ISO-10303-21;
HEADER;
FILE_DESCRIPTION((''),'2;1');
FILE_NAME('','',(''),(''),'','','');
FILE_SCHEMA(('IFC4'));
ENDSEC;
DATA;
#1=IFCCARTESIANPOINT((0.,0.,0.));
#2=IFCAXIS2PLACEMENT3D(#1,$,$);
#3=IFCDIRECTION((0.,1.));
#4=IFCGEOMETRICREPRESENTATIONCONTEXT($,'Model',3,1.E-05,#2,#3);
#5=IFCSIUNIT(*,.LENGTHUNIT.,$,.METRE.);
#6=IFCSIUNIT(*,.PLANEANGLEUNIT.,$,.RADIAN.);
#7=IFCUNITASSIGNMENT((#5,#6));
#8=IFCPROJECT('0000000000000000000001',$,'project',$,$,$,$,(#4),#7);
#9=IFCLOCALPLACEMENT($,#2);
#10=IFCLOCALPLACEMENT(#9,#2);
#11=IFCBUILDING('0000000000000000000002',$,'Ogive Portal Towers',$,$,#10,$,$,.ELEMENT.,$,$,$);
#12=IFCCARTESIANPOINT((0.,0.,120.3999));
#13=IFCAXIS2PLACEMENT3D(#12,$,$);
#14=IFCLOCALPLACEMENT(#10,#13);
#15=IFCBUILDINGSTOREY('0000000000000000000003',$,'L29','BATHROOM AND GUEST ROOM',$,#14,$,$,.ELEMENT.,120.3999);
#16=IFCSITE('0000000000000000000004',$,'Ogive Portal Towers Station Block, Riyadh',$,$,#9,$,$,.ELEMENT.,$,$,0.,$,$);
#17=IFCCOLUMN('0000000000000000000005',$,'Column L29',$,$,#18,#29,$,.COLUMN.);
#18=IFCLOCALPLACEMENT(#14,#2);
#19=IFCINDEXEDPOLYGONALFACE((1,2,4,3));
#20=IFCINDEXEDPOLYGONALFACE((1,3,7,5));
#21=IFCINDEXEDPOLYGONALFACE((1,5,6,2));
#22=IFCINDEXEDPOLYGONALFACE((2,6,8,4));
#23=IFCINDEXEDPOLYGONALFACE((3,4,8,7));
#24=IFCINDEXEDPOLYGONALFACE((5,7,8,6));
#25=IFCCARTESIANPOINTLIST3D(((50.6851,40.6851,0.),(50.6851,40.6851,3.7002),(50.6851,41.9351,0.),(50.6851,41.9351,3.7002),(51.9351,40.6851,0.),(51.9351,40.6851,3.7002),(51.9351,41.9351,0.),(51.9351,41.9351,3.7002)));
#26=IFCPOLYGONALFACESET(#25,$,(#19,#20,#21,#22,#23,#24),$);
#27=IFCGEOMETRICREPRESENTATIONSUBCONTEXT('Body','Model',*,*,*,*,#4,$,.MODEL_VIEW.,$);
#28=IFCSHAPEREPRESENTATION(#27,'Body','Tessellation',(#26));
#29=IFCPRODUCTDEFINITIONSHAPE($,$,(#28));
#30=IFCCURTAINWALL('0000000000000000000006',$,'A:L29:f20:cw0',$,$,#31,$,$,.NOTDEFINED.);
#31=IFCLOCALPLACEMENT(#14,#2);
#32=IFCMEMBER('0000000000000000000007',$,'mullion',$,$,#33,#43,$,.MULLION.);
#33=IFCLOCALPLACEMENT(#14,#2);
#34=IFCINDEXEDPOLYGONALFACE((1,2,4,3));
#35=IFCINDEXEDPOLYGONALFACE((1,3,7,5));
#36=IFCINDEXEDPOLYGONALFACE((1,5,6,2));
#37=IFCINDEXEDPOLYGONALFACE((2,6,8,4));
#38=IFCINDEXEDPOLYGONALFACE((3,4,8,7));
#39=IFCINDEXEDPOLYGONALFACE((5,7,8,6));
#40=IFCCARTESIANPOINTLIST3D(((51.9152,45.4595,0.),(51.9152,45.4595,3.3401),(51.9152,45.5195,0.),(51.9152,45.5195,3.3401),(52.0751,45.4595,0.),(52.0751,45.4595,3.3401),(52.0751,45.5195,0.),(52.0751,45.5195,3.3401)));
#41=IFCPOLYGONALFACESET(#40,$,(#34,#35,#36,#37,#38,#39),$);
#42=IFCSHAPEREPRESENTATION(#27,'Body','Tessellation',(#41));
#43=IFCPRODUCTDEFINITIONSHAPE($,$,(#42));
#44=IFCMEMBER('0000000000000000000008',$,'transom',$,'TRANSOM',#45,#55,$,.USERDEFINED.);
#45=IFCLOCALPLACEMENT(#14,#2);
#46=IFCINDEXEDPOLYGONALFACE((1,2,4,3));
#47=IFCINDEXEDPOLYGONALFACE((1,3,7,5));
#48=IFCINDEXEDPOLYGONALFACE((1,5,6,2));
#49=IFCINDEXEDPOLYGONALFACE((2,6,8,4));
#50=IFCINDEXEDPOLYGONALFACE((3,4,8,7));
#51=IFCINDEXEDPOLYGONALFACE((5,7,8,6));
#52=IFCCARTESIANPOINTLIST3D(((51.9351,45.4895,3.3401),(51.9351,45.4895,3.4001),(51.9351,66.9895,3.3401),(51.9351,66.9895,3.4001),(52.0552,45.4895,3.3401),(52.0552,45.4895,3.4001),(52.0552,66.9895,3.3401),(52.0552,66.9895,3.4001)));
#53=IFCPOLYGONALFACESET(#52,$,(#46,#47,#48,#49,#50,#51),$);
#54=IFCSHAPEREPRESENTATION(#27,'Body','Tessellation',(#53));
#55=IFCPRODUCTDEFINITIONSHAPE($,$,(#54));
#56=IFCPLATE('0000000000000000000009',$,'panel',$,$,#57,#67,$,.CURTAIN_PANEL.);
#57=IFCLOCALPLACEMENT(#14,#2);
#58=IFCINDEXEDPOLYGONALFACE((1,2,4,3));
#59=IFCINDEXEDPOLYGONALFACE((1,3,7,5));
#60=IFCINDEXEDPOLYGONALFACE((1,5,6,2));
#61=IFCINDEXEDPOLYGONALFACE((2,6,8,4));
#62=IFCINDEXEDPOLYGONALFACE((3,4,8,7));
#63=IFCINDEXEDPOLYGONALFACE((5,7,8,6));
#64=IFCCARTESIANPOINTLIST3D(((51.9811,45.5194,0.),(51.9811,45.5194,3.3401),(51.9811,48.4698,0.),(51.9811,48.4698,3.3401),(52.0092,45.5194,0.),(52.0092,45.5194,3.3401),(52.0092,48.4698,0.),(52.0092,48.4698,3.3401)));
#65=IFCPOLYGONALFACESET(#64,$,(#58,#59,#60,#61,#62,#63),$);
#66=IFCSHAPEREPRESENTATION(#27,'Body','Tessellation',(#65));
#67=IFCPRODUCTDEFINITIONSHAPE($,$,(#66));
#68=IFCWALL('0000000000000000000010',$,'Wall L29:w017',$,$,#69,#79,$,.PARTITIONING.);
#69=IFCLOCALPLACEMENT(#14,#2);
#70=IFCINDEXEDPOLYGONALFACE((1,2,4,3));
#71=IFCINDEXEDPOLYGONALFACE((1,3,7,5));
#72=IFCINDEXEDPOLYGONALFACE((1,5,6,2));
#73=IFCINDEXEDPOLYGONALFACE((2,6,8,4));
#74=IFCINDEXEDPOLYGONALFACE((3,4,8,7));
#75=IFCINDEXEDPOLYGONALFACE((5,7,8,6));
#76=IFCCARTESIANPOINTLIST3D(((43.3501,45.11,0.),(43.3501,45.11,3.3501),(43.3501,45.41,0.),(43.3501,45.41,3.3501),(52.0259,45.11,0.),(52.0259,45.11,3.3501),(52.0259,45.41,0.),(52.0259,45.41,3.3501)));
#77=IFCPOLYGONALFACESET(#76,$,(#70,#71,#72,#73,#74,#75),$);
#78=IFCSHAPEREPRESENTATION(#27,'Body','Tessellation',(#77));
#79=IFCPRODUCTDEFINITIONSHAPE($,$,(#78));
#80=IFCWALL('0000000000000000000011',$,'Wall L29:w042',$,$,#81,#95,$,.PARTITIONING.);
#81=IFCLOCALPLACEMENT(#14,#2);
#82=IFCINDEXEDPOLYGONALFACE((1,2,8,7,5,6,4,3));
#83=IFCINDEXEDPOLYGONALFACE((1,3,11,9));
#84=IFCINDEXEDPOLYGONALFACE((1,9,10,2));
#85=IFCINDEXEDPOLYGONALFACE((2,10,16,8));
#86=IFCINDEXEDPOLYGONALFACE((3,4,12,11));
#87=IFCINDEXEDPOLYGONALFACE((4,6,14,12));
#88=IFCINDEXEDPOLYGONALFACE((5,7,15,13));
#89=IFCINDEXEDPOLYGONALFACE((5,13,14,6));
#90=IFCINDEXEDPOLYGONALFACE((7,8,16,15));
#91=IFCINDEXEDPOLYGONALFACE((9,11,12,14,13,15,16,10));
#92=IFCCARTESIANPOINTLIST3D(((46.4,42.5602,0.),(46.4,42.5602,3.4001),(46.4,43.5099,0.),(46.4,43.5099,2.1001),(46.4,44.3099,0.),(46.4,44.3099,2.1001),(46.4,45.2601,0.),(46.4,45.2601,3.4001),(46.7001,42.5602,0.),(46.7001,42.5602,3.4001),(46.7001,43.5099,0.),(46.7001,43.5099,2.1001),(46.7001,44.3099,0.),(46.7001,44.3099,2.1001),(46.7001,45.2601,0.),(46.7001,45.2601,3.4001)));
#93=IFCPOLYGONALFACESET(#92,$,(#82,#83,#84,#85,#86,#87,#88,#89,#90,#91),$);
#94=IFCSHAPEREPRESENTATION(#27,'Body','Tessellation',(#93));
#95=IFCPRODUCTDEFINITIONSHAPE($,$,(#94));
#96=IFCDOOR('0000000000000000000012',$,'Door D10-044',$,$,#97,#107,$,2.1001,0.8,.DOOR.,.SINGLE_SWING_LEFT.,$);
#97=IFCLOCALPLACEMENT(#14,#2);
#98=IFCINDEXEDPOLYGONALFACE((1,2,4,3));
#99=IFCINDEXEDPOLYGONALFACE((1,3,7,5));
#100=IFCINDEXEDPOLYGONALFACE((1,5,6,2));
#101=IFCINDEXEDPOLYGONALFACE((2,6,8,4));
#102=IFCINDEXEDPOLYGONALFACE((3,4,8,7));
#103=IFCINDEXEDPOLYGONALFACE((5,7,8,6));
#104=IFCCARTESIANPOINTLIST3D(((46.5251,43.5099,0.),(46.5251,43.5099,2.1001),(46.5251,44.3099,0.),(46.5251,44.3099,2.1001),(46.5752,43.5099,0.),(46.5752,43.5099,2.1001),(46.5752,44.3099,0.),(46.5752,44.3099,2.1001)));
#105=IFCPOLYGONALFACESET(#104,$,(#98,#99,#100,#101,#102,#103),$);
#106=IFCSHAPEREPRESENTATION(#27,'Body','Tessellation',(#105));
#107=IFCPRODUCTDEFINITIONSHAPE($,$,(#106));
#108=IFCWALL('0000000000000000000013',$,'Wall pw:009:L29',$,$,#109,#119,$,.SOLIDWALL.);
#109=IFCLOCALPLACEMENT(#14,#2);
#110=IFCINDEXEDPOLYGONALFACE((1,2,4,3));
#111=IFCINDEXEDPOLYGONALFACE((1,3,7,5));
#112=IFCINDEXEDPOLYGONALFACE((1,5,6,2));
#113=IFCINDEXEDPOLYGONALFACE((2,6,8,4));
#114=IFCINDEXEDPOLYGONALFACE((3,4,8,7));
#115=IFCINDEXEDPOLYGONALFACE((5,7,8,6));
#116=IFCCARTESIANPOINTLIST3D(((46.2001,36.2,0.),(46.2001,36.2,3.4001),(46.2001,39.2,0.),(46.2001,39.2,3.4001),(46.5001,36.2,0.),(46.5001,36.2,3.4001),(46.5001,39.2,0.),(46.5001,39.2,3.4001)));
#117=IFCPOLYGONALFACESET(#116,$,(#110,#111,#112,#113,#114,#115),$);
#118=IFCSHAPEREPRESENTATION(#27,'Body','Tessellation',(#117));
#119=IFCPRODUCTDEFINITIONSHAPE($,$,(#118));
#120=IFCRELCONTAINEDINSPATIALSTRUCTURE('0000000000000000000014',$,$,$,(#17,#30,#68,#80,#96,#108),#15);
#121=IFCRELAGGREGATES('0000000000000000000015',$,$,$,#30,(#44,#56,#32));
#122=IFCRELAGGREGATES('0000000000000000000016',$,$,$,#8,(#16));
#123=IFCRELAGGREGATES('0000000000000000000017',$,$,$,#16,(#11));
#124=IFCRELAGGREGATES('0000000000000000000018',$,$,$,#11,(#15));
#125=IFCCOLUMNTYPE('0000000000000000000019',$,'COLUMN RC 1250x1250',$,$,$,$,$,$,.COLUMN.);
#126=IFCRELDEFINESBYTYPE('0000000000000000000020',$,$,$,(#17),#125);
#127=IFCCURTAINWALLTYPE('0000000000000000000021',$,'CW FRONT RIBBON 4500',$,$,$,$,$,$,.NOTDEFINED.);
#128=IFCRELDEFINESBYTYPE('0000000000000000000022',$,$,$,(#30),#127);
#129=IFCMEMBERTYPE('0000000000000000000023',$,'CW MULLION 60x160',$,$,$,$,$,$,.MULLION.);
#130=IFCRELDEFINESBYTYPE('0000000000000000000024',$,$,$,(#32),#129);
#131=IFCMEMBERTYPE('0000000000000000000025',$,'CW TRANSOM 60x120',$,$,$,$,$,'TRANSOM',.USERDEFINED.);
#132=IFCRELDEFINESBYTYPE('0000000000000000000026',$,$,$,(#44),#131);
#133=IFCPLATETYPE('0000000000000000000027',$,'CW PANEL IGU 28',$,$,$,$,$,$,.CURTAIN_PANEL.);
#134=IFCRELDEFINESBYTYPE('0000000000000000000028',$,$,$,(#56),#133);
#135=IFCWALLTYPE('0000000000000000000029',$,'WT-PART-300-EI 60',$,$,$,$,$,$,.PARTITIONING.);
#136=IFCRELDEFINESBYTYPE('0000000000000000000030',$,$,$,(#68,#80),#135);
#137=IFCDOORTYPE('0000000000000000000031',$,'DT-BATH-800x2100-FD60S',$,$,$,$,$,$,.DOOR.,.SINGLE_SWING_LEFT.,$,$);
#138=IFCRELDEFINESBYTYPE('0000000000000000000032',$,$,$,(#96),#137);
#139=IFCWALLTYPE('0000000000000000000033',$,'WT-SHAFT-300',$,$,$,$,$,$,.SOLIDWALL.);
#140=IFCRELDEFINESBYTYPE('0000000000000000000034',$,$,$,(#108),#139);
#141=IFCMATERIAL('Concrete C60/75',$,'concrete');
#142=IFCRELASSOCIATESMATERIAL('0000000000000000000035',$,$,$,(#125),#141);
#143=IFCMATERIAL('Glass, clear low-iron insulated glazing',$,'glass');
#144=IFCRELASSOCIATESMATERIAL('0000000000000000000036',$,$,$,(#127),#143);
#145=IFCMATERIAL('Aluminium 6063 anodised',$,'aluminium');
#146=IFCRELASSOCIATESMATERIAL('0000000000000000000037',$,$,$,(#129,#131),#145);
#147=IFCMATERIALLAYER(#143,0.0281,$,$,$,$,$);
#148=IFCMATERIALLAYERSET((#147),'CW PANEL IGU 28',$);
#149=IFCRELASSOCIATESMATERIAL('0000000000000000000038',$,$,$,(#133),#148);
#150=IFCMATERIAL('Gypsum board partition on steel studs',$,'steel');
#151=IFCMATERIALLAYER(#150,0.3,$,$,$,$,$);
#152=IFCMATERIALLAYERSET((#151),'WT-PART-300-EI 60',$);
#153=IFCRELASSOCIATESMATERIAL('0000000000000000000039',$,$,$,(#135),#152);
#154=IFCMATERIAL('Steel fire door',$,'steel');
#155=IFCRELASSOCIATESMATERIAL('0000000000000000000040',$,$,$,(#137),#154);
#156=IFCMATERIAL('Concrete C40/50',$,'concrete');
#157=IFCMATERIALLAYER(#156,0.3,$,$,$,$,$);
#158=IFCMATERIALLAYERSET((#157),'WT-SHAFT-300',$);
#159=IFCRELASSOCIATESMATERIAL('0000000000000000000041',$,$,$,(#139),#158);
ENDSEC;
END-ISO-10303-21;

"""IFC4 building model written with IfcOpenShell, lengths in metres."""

from ifc_helpers import new_model, si_unit, direction, frame, frame_2d, origin, origin_2d, place, context, subcontext, project, spatial, rectangle, extrude, material, layer, layer_set, material_profile, profile_set, type_object, element, fill, aggregate, save


model = new_model("IFC4")

# Units and contexts
model_context = context("Model", 3, precision=1e-05, world=origin(), true_north=direction((0.0, 1.0)))
body_context = subcontext(model_context, "Body", "Model", "MODEL_VIEW")
ifc_project = project(units=[si_unit("LENGTHUNIT", "METRE"), si_unit("PLANEANGLEUNIT", "RADIAN")], contexts=[model_context])

# Site, building, storey
site_placement = place(None, origin())
site = spatial("IfcSite", under=ifc_project, at=site_placement, Name="Ogive Portal Towers Station Block, Riyadh", CompositionType="ELEMENT", RefElevation=0.0)
building_placement = place(site_placement, origin())
building = spatial("IfcBuilding", under=site, at=building_placement, Name="Ogive Portal Towers", CompositionType="ELEMENT")
storey_placement = place(building_placement, frame((0.0, 0.0, 120.3999)))
storey = spatial("IfcBuildingStorey", under=building, at=storey_placement, Name="L29", Description="BATHROOM AND GUEST ROOM", CompositionType="ELEMENT", Elevation=120.3999)

# Column
ifc_material_1 = material(Name="Concrete C60/75", Category="concrete")
ifc_material_profile_1 = material_profile(ifc_material_1, rectangle(XDim=1.25, YDim=1.25, at=origin_2d()), Name="RC 1250x1250")
ifc_profile_set_1 = profile_set([ifc_material_profile_1], Name="Concrete C60/75")
column_type = type_object("IfcColumnType", Name="COLUMN RC 1250x1250", PredefinedType="COLUMN", material=ifc_profile_set_1)
column_placement = place(storey_placement, frame((51.3101, 41.3101, 0.0), z_axis=(0.0, 0.0, 1.0), x_axis=(1.0, 0.0, 0.0)))
element("IfcColumn", 1, at=column_placement, inside=storey, type_object=column_type, Name="Column L29", PredefinedType="COLUMN", context=body_context, shape_type="SweptSolid", body=[
    extrude(rectangle(XDim=1.25, YDim=1.25, at=origin_2d()), origin(), (0.0, 0.0, 1.0), 3.7002),
])

# Curtain wall, members, plate
ifc_material_2 = material(Name="Glass, clear low-iron insulated glazing", Category="glass")
curtain_wall_type = type_object("IfcCurtainWallType", Name="CW FRONT RIBBON 4500", PredefinedType="NOTDEFINED", material=ifc_material_2)
curtain_wall_placement = place(storey_placement, origin())
curtain_wall = element("IfcCurtainWall", 2, at=curtain_wall_placement, inside=storey, type_object=curtain_wall_type, Name="A:L29:f20:cw0", PredefinedType="NOTDEFINED")
ifc_material_3 = material(Name="Aluminium 6063 anodised", Category="aluminium")
ifc_material_profile_2 = material_profile(ifc_material_3, rectangle(XDim=0.1599, YDim=0.0601, at=origin_2d()), Name="AL 60x160")
ifc_profile_set_2 = profile_set([ifc_material_profile_2], Name="Aluminium 6063 anodised")
member_type_1 = type_object("IfcMemberType", Name="CW MULLION 60x160", PredefinedType="MULLION", material=ifc_profile_set_2)
member_1_placement = place(storey_placement, frame((51.9951, 45.4895, 0.0), z_axis=(0.0, 0.0, 1.0), x_axis=(-1.0, 0.0, 0.0)))
member_1 = element("IfcMember", 3, at=member_1_placement, type_object=member_type_1, Name="mullion", PredefinedType="MULLION", context=body_context, shape_type="SweptSolid", body=[
    extrude(rectangle(XDim=0.1599, YDim=0.0601, at=origin_2d()), origin(), (0.0, 0.0, 1.0), 3.3401),
])
ifc_material_profile_3 = material_profile(ifc_material_3, rectangle(XDim=0.1201, YDim=0.0601, at=origin_2d()), Name="AL 120x60")
ifc_profile_set_3 = profile_set([ifc_material_profile_3], Name="Aluminium 6063 anodised")
member_type_2 = type_object("IfcMemberType", Name="CW TRANSOM 60x120", ElementType="TRANSOM", PredefinedType="USERDEFINED", material=ifc_profile_set_3)
member_2_placement = place(storey_placement, frame((51.9951, 45.4895, 3.3701), z_axis=(0.0, 1.0, 0.0), x_axis=(-1.0, 0.0, 0.0)))
member_2 = element("IfcMember", 4, at=member_2_placement, type_object=member_type_2, Name="transom", ObjectType="TRANSOM", PredefinedType="USERDEFINED", context=body_context, shape_type="SweptSolid", body=[
    extrude(rectangle(XDim=0.1201, YDim=0.0601, at=origin_2d()), origin(), (0.0, 0.0, 1.0), 21.5),
])
ifc_layer_1 = layer(ifc_material_2, 0.0281)
ifc_layer_set_1 = layer_set([ifc_layer_1], Name="CW PANEL IGU 28")
plate_type = type_object("IfcPlateType", Name="CW PANEL IGU 28", PredefinedType="CURTAIN_PANEL", material=ifc_layer_set_1)
plate_placement = place(storey_placement, frame((51.9951, 46.9946, 0.0), z_axis=(0.0, 0.0, 1.0), x_axis=(0.0, 1.0, 0.0)))
plate = element("IfcPlate", 5, at=plate_placement, type_object=plate_type, Name="panel", PredefinedType="CURTAIN_PANEL", context=body_context, shape_type="SweptSolid", body=[
    extrude(rectangle(XDim=2.9504, YDim=0.0281, at=origin_2d()), origin(), (0.0, 0.0, 1.0), 3.3401),
])
aggregate(curtain_wall, [member_2, plate, member_1])

# Shared definitions
ifc_material_4 = material(Name="Steel fire door", Category="steel")

# Wall
ifc_material_5 = material(Name="Gypsum board partition on steel studs", Category="steel")
ifc_layer_2 = layer(ifc_material_5, 0.3)
ifc_layer_set_2 = layer_set([ifc_layer_2], Name="WT-PART-300-EI 60")
wall_type_1 = type_object("IfcWallType", Name="WT-PART-300-EI 60", PredefinedType="PARTITIONING", material=ifc_layer_set_2)
wall_1_placement = place(storey_placement, frame((43.3501, 45.26, 0.0), z_axis=(0.0, 0.0, 1.0), x_axis=(1.0, 0.0, 0.0)))
element("IfcWall", 6, at=wall_1_placement, inside=storey, type_object=wall_type_1, Name="Wall L29:w017", PredefinedType="PARTITIONING", context=body_context, shape_type="SweptSolid", body=[
    extrude(rectangle(XDim=8.6758, YDim=0.3, at=frame_2d((4.3379, 0.0))), origin(), (0.0, 0.0, 1.0), 3.3501),
])

# Wall, opening, door
wall_2_placement = place(storey_placement, frame((46.55, 42.5601, 0.0), z_axis=(0.0, 0.0, 1.0), x_axis=(0.0, 1.0, 0.0)))
wall_2 = element("IfcWall", 7, at=wall_2_placement, inside=storey, type_object=wall_type_1, Name="Wall L29:w042", PredefinedType="PARTITIONING", context=body_context, shape_type="SweptSolid", body=[
    extrude(rectangle(XDim=2.7, YDim=0.3, at=frame_2d((1.3501, 0.0))), origin(), (0.0, 0.0, 1.0), 3.4001),
])
opening_1_placement = place(wall_2_placement, frame((0.95, 0.0, 0.0)))
opening_1 = element("IfcOpeningElement", 8, at=opening_1_placement, cuts=wall_2, PredefinedType="OPENING", context=body_context, shape_type="SweptSolid", body=[
    extrude(rectangle(XDim=0.8, YDim=2.1001, at=frame_2d((0.3999, 1.05))), frame((0.0, 0.1602, 0.0), z_axis=(0.0, -1.0, 0.0), x_axis=(1.0, 0.0, 0.0)), (0.0, 0.0, 1.0), 0.3201),
])
door_type_1 = type_object("IfcDoorType", Name="DT-BATH-800x2100-FD60S", OperationType="SINGLE_SWING_LEFT", PredefinedType="DOOR", material=ifc_material_4)
door_1_placement = place(opening_1_placement, origin())
door_1 = element("IfcDoor", 9, at=door_1_placement, inside=storey, type_object=door_type_1, Name="Door D10-044", OperationType="SINGLE_SWING_LEFT", OverallHeight=2.1001, OverallWidth=0.8, PredefinedType="DOOR", context=body_context, shape_type="SweptSolid", body=[
    extrude(rectangle(XDim=0.8, YDim=2.1001, at=frame_2d((0.3999, 1.05))), frame((0.0, 0.0249, 0.0), z_axis=(0.0, -1.0, 0.0), x_axis=(1.0, 0.0, 0.0)), (0.0, 0.0, 1.0), 0.05),
])
fill(opening_1, door_1)

# Wall
ifc_material_6 = material(Name="Concrete C40/50", Category="concrete")
ifc_layer_3 = layer(ifc_material_6, 0.3)
ifc_layer_set_3 = layer_set([ifc_layer_3], Name="WT-SHAFT-300")
wall_type_2 = type_object("IfcWallType", Name="WT-SHAFT-300", PredefinedType="SOLIDWALL", material=ifc_layer_set_3)
wall_3_placement = place(storey_placement, frame((46.3501, 36.2, 0.0), z_axis=(0.0, 0.0, 1.0), x_axis=(0.0, 1.0, 0.0)))
element("IfcWall", 10, at=wall_3_placement, inside=storey, type_object=wall_type_2, Name="Wall pw:009:L29", PredefinedType="SOLIDWALL", context=body_context, shape_type="SweptSolid", body=[
    extrude(rectangle(XDim=3.0, YDim=0.3, at=frame_2d((1.5, 0.0))), origin(), (0.0, 0.0, 1.0), 3.4001),
])

save(model, "model.ifc")
